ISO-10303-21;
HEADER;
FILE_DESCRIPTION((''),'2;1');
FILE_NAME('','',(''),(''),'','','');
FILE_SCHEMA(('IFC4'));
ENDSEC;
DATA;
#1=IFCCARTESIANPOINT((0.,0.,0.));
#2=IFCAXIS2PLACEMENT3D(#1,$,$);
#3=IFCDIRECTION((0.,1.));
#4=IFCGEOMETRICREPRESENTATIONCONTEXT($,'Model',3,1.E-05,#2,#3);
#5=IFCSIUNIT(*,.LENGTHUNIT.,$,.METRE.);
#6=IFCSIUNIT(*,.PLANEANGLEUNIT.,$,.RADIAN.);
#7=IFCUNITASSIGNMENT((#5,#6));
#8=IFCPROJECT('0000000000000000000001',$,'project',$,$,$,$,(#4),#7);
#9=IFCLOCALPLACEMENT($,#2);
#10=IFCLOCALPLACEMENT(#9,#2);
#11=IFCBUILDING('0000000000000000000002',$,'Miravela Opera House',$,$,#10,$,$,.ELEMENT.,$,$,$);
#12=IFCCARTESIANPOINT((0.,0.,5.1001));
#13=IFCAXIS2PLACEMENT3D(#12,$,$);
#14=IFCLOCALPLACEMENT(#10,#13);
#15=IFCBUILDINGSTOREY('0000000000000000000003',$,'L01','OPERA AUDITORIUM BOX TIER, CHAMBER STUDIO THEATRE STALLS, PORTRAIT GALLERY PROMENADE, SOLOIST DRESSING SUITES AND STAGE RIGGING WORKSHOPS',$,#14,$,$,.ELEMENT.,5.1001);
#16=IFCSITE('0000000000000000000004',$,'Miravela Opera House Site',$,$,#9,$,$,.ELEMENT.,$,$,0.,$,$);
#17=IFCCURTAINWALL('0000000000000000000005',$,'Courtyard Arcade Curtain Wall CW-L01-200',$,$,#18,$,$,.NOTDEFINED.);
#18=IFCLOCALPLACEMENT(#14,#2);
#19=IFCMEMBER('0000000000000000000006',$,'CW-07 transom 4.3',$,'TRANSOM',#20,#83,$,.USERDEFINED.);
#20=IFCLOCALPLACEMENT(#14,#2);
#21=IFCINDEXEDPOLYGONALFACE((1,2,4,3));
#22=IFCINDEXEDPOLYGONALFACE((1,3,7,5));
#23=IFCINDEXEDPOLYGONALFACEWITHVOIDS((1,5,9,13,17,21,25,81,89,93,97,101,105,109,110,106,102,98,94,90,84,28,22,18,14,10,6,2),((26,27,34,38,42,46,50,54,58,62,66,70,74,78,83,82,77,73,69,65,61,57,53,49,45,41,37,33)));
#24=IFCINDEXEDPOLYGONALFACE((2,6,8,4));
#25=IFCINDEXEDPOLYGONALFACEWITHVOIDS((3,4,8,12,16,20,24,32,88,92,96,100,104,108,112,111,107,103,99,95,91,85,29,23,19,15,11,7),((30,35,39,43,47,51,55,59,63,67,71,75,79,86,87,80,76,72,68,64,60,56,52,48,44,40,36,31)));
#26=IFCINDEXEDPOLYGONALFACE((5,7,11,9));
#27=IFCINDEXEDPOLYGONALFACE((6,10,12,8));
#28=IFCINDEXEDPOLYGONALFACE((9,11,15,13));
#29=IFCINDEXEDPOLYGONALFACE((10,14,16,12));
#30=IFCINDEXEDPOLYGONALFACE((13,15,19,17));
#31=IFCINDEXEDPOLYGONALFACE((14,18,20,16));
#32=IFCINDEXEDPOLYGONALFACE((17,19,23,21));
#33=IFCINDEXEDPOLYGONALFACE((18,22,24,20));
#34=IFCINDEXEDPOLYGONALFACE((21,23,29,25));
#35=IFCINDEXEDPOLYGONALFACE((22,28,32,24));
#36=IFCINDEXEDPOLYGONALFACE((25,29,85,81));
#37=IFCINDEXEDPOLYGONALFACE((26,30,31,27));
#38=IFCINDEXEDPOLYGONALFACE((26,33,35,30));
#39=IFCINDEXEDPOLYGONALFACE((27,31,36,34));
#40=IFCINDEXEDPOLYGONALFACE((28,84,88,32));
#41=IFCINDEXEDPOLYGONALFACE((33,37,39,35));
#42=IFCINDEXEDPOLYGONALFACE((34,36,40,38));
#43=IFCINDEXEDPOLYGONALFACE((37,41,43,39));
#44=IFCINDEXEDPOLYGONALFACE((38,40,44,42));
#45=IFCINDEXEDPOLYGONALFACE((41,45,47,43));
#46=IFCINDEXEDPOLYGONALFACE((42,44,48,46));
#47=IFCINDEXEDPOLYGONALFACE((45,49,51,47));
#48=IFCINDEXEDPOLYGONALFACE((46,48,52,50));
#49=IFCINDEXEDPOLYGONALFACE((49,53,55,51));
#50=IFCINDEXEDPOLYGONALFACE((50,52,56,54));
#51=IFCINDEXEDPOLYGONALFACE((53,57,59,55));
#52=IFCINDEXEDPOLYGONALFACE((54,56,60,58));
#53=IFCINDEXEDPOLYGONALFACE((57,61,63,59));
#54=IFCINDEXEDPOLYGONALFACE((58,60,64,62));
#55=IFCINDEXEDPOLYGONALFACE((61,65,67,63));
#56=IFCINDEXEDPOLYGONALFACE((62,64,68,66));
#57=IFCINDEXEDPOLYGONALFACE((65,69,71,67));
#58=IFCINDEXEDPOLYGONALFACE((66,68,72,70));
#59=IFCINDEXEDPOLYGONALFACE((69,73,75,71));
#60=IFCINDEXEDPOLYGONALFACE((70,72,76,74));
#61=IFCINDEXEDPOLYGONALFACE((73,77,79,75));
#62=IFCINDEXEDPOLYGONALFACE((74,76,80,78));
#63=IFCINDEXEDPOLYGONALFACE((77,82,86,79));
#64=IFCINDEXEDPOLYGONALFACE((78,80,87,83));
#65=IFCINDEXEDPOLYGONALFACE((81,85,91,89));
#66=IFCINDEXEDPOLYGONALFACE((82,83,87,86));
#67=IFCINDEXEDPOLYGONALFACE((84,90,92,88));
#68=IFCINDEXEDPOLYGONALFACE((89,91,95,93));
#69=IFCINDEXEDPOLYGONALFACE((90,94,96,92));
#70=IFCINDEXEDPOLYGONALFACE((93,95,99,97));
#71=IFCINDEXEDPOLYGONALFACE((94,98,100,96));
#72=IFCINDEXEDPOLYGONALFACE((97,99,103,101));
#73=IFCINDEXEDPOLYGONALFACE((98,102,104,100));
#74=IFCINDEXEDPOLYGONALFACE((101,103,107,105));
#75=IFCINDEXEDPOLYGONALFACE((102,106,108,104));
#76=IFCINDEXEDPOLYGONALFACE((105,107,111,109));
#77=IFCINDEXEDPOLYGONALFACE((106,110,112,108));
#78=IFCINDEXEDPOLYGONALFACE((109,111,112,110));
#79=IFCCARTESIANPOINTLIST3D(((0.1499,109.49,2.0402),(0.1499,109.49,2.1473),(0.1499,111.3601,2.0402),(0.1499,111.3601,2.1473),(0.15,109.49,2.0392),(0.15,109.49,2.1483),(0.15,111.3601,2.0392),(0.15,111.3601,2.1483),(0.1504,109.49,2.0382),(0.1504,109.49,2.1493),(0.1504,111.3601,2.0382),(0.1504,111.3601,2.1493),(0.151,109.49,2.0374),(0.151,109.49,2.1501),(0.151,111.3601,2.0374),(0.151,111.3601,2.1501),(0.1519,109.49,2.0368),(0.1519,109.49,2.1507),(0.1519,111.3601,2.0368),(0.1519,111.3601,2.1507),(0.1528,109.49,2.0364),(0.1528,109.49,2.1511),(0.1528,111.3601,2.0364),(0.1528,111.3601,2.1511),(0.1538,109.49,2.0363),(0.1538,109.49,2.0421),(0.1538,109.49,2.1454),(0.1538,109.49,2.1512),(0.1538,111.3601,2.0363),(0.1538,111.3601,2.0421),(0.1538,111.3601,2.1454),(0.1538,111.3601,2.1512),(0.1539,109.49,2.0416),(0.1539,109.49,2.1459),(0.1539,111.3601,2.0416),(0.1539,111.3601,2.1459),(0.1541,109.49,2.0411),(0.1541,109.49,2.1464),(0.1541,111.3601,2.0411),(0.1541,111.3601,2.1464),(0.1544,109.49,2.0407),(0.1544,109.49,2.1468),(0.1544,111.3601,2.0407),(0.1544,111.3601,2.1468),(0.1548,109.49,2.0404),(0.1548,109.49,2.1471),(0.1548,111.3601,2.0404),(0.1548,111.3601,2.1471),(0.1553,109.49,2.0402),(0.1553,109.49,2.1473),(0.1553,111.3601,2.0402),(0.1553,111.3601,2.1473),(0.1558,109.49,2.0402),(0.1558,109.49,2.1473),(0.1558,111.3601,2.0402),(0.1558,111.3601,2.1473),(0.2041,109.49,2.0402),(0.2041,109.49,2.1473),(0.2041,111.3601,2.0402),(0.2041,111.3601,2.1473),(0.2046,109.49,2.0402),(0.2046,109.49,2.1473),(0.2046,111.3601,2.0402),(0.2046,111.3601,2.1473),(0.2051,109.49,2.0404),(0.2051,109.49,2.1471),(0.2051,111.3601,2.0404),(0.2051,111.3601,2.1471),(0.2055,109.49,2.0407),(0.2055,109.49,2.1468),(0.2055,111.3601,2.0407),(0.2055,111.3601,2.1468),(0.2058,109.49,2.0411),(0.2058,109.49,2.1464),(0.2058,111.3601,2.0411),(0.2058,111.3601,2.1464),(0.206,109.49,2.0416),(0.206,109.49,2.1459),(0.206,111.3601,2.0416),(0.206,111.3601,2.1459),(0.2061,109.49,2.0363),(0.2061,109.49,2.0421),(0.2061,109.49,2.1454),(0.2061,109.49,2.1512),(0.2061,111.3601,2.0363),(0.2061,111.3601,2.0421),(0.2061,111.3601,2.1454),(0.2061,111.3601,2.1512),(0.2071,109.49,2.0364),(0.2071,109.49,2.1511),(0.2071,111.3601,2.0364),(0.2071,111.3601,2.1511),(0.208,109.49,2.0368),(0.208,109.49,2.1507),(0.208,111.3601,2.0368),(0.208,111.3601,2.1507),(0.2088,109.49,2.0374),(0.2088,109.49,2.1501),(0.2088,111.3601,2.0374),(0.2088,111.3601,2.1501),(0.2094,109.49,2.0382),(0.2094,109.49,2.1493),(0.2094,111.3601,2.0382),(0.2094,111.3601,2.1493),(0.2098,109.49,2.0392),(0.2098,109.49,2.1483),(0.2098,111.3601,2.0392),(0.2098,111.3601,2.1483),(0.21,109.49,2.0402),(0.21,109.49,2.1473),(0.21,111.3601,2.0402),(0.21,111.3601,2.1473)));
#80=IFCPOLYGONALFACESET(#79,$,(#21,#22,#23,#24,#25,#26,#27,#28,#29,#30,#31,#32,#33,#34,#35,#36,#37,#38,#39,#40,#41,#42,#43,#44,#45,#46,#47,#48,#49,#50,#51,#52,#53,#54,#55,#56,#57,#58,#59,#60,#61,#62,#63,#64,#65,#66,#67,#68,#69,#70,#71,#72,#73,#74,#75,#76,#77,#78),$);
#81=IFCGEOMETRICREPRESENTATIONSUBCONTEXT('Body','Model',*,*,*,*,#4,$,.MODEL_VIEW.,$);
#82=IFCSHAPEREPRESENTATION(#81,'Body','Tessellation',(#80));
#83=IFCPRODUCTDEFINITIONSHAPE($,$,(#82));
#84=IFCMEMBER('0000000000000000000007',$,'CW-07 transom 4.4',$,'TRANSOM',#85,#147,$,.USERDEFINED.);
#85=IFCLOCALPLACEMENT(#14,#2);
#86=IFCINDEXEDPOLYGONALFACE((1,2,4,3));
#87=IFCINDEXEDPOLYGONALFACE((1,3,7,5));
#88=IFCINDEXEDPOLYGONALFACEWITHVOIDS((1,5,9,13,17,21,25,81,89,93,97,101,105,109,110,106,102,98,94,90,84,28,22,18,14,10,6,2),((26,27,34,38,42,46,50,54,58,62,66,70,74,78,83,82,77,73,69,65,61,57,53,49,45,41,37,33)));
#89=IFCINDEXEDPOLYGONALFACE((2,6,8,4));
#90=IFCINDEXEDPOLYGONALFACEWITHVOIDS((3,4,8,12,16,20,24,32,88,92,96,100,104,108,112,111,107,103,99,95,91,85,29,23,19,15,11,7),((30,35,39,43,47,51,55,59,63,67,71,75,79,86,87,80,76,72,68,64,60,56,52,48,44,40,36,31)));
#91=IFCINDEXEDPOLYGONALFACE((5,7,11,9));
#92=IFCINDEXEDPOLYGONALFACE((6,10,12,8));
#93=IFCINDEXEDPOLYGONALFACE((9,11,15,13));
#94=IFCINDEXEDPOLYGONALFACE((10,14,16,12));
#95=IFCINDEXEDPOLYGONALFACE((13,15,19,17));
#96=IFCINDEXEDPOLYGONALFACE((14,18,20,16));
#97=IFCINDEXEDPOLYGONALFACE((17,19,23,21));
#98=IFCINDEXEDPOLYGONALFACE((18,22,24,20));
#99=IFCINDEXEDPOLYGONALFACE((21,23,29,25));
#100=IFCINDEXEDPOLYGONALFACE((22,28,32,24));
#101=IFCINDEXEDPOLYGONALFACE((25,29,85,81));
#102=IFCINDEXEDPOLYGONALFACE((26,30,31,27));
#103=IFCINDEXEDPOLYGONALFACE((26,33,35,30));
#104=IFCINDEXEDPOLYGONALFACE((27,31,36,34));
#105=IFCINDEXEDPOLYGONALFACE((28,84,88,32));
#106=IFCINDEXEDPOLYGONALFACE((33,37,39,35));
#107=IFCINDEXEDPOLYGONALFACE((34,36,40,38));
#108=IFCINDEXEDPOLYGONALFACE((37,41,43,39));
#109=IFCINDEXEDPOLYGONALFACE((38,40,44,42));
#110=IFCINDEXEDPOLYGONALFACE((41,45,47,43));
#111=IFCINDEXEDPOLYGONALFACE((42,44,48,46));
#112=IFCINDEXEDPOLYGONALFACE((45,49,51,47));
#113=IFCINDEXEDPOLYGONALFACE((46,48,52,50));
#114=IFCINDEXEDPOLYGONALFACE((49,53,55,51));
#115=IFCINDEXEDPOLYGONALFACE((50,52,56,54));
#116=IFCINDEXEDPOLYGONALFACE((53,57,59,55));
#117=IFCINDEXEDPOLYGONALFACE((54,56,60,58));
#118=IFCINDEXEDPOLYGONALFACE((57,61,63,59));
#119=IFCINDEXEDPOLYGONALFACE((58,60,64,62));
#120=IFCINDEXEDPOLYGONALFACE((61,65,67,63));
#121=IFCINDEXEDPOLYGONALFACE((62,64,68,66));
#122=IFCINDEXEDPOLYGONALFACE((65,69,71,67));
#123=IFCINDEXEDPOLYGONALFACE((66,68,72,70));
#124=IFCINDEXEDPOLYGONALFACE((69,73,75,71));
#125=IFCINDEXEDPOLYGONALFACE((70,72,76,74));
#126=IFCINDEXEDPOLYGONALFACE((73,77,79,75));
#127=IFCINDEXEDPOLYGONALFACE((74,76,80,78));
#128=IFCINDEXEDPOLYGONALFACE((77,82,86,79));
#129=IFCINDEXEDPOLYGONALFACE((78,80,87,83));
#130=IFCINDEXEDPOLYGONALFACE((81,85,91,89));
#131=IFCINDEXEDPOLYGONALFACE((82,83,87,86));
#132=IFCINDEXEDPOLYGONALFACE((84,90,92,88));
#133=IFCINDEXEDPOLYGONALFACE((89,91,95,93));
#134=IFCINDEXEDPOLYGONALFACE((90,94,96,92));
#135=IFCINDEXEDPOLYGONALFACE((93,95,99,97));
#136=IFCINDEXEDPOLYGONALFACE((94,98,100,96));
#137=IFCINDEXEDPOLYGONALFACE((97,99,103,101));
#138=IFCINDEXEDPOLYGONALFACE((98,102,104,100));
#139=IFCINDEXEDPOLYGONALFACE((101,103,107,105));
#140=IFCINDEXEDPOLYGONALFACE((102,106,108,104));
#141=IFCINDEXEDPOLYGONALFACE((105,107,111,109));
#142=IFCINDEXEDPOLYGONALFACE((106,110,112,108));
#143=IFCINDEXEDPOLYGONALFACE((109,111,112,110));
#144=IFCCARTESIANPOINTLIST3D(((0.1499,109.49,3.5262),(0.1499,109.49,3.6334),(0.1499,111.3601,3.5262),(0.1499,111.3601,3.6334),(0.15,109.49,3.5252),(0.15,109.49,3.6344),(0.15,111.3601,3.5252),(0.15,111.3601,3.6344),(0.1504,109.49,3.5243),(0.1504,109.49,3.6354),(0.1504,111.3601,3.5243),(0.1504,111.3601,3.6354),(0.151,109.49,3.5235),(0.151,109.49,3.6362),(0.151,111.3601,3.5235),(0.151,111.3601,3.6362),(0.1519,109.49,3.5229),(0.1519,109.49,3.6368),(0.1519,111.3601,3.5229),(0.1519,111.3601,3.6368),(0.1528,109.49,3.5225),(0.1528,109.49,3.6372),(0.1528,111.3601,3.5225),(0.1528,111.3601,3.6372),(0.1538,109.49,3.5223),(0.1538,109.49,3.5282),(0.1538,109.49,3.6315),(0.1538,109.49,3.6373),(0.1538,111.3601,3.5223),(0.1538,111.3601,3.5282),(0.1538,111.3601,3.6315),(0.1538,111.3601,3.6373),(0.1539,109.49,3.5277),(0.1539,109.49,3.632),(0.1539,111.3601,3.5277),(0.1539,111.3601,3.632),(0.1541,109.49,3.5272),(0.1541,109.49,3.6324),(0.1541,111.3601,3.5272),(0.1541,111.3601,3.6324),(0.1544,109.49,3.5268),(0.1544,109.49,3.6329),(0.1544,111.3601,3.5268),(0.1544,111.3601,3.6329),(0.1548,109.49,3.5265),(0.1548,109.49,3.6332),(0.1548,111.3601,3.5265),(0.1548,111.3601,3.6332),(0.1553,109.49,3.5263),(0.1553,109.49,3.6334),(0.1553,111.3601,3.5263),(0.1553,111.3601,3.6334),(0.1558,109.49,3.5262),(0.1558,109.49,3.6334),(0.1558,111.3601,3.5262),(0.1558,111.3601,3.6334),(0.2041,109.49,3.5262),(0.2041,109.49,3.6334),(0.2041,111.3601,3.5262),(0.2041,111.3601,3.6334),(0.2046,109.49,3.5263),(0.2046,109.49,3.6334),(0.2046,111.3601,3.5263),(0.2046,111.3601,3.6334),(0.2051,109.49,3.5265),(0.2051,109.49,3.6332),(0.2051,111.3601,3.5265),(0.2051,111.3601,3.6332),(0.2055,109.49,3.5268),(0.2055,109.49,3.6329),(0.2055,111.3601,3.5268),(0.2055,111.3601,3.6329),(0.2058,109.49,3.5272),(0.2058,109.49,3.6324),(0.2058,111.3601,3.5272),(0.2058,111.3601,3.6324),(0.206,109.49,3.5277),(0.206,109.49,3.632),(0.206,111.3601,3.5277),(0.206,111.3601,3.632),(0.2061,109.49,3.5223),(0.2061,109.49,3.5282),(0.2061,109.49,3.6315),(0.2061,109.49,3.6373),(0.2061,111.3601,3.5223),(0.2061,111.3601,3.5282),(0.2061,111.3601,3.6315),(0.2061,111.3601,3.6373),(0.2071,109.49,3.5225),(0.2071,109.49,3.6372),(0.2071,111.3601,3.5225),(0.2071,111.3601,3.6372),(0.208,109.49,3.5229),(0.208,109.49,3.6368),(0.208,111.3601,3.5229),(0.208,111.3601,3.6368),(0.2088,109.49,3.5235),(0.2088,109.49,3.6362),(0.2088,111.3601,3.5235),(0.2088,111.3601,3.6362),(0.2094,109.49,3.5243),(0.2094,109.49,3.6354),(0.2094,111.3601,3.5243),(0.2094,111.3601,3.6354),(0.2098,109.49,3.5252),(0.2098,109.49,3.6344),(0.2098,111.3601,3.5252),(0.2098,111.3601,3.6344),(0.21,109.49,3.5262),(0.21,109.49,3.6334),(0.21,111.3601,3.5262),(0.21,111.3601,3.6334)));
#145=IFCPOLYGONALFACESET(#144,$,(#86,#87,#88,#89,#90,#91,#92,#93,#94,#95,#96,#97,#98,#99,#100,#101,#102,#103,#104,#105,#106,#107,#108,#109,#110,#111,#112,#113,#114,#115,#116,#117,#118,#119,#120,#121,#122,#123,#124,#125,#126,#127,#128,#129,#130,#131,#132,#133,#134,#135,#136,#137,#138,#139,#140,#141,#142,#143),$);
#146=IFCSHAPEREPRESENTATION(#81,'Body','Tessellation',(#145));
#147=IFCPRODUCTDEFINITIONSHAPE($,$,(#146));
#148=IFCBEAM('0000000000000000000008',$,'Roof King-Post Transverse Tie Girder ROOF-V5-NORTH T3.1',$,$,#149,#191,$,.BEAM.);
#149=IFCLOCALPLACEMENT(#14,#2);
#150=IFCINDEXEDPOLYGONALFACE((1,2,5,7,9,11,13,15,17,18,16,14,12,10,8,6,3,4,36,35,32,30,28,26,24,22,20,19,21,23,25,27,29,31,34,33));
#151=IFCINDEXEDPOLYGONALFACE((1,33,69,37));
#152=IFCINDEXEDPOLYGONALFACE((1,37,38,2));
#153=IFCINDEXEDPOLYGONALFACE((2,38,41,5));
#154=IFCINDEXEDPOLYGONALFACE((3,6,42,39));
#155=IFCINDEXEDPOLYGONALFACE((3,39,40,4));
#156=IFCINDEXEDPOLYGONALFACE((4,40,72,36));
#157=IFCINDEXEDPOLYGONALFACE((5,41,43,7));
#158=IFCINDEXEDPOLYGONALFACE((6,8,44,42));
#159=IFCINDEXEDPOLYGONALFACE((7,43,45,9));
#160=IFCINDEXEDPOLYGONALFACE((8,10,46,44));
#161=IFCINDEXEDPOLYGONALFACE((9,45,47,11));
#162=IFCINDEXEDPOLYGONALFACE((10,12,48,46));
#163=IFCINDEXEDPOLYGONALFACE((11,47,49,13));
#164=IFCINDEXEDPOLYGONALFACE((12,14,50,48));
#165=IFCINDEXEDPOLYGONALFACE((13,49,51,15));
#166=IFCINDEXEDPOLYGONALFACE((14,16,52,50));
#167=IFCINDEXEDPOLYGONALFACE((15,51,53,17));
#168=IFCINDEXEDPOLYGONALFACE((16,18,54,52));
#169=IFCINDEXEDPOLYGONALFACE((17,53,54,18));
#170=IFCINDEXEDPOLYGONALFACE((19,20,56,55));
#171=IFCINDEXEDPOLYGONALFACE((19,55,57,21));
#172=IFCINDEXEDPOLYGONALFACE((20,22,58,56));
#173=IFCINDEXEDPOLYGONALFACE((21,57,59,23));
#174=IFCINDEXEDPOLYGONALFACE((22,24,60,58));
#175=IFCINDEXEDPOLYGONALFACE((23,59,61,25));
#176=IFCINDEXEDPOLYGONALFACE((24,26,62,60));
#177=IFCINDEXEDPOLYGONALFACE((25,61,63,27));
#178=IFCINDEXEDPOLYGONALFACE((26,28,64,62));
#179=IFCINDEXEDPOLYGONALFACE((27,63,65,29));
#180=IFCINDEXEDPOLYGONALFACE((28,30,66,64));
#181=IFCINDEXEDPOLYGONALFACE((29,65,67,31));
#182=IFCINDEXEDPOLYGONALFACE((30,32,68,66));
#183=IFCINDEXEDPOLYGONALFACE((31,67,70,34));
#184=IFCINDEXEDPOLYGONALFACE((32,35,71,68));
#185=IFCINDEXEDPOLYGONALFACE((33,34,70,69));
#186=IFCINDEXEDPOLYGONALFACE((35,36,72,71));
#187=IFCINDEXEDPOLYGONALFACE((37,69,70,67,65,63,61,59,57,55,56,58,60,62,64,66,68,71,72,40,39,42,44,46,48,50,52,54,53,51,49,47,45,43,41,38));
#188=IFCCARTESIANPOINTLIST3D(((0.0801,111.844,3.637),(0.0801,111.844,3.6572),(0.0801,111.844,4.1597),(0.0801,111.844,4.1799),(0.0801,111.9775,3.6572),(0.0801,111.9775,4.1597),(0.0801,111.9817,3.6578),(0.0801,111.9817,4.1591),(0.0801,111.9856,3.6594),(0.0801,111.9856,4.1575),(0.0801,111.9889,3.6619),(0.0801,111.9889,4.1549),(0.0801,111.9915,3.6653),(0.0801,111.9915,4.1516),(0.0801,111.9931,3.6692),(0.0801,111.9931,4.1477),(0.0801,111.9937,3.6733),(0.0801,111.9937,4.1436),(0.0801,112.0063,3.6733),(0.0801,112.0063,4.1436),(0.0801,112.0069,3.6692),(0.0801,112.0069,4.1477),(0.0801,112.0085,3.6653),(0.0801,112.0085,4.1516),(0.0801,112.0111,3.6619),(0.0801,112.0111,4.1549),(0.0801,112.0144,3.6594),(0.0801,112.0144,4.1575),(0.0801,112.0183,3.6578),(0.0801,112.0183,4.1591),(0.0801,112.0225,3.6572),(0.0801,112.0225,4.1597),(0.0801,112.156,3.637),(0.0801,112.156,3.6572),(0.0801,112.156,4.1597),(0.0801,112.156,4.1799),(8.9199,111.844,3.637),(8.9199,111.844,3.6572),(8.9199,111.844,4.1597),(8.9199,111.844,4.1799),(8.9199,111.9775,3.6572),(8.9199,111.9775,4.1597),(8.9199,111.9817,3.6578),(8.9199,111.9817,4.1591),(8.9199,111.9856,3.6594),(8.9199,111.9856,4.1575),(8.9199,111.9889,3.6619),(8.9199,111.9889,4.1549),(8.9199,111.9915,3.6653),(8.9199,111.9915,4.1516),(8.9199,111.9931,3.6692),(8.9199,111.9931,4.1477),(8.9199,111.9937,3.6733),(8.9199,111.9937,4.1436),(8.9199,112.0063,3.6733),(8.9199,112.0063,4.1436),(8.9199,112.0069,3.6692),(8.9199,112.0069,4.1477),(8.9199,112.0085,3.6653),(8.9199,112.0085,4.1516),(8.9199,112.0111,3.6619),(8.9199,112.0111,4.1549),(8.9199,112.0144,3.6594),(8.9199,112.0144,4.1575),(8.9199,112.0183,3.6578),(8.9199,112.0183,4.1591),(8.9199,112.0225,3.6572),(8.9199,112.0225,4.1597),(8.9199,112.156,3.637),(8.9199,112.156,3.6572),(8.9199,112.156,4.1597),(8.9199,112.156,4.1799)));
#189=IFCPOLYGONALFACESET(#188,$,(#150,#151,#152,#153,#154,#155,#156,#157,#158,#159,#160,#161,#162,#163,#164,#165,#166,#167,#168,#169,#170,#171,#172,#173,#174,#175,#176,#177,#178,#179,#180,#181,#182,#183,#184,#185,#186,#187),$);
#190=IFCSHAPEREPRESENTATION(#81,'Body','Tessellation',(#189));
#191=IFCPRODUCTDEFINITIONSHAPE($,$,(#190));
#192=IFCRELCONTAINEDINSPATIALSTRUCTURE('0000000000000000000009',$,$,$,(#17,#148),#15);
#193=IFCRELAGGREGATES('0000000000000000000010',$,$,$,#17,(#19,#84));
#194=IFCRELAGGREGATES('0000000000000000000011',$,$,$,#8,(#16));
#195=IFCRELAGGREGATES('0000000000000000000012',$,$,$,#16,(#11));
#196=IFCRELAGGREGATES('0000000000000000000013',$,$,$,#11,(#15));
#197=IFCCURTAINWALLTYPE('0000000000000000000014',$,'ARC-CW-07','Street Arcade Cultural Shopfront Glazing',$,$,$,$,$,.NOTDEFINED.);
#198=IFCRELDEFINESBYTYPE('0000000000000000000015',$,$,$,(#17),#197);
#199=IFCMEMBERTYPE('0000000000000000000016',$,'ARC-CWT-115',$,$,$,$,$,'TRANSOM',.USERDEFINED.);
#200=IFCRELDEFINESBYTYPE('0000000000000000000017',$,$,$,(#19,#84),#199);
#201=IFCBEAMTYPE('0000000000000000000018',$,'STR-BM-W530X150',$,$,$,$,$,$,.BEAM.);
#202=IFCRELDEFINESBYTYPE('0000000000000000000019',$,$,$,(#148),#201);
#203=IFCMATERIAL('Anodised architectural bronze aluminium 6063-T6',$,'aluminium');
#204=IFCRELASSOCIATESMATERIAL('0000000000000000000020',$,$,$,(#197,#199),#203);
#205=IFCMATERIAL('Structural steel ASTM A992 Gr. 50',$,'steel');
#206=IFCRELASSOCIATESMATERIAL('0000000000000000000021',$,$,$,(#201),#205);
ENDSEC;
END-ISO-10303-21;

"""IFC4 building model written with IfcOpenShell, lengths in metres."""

from ifc_helpers import new_model, si_unit, direction, frame, origin, origin_2d, place, context, subcontext, project, spatial, hollow_rectangle, i_section, extrude, material, material_profile, profile_set, type_object, element, aggregate, save


model = new_model("IFC4")

# Units and contexts
model_context = context("Model", 3, precision=1e-05, world=origin(), true_north=direction((0.0, 1.0)))
body_context = subcontext(model_context, "Body", "Model", "MODEL_VIEW")
ifc_project = project(units=[si_unit("LENGTHUNIT", "METRE"), si_unit("PLANEANGLEUNIT", "RADIAN")], contexts=[model_context])

# Site, building, storey
site_placement = place(None, origin())
site = spatial("IfcSite", under=ifc_project, at=site_placement, Name="Miravela Opera House Site", CompositionType="ELEMENT", RefElevation=0.0)
building_placement = place(site_placement, origin())
building = spatial("IfcBuilding", under=site, at=building_placement, Name="Miravela Opera House", CompositionType="ELEMENT")
storey_placement = place(building_placement, frame((0.0, 0.0, 5.1001)))
storey = spatial("IfcBuildingStorey", under=building, at=storey_placement, Name="L01", Description="OPERA AUDITORIUM BOX TIER, CHAMBER STUDIO THEATRE STALLS, PORTRAIT GALLERY PROMENADE, SOLOIST DRESSING SUITES AND STAGE RIGGING WORKSHOPS", CompositionType="ELEMENT", Elevation=5.1001)

# Curtain wall, members
ifc_material_1 = material(Name="Anodised architectural bronze aluminium 6063-T6", Category="aluminium")
curtain_wall_type = type_object("IfcCurtainWallType", Name="ARC-CW-07", Description="Street Arcade Cultural Shopfront Glazing", PredefinedType="NOTDEFINED", material=ifc_material_1)
curtain_wall_placement = place(storey_placement, origin())
curtain_wall = element("IfcCurtainWall", 1, at=curtain_wall_placement, inside=storey, type_object=curtain_wall_type, Name="Courtyard Arcade Curtain Wall CW-L01-200", PredefinedType="NOTDEFINED")
ifc_material_profile_1 = material_profile(ifc_material_1, hollow_rectangle(XDim=0.0601, YDim=0.115, WallThickness=0.0039, InnerFilletRadius=0.002, OuterFilletRadius=0.0039, at=origin_2d()), Name="CWT-60X115")
ifc_profile_set_1 = profile_set([ifc_material_profile_1])
member_type_1 = type_object("IfcMemberType", Name="ARC-CWT-115", ElementType="TRANSOM", PredefinedType="USERDEFINED", material=ifc_profile_set_1)
member_1_placement = place(storey_placement, frame((0.1799, 109.49, 2.0938), z_axis=(0.0, 1.0, 0.0), x_axis=(-1.0, 0.0, 0.0)))
member_1 = element("IfcMember", 2, at=member_1_placement, type_object=member_type_1, Name="CW-07 transom 4.3", ObjectType="TRANSOM", PredefinedType="USERDEFINED", context=body_context, shape_type="SweptSolid", body=[
    extrude(hollow_rectangle(XDim=0.0601, YDim=0.115, WallThickness=0.0039, InnerFilletRadius=0.002, OuterFilletRadius=0.0039, at=origin_2d()), origin(), (0.0, 0.0, 1.0), 1.8701),
])
member_2_placement = place(storey_placement, frame((0.1799, 109.49, 3.5798), z_axis=(0.0, 1.0, 0.0), x_axis=(-1.0, 0.0, 0.0)))
member_2 = element("IfcMember", 3, at=member_2_placement, type_object=member_type_1, Name="CW-07 transom 4.4", ObjectType="TRANSOM", PredefinedType="USERDEFINED", context=body_context, shape_type="SweptSolid", body=[
    extrude(hollow_rectangle(XDim=0.0601, YDim=0.115, WallThickness=0.0039, InnerFilletRadius=0.002, OuterFilletRadius=0.0039, at=origin_2d()), origin(), (0.0, 0.0, 1.0), 1.8701),
])

# Beam
ifc_material_2 = material(Name="Structural steel ASTM A992 Gr. 50", Category="steel")
ifc_material_profile_2 = material_profile(ifc_material_2, i_section(OverallWidth=0.312, OverallDepth=0.543, WebThickness=0.0127, FlangeThickness=0.0203, FilletRadius=0.0161, at=origin_2d()), Name="W530X150")
ifc_profile_set_2 = profile_set([ifc_material_profile_2])
beam_type = type_object("IfcBeamType", Name="STR-BM-W530X150", PredefinedType="BEAM", material=ifc_profile_set_2)
beam_placement = place(storey_placement, frame((0.0801, 112.0, 3.9084), z_axis=(1.0, 0.0, 0.0), x_axis=(0.0, 1.0, 0.0)))
element("IfcBeam", 4, at=beam_placement, inside=storey, type_object=beam_type, Name="Roof King-Post Transverse Tie Girder ROOF-V5-NORTH T3.1", PredefinedType="BEAM", context=body_context, shape_type="SweptSolid", body=[
    extrude(i_section(OverallWidth=0.312, OverallDepth=0.543, WebThickness=0.0127, FlangeThickness=0.0203, FilletRadius=0.0161, at=origin_2d()), origin(), (0.0, 0.0, 1.0), 8.8398),
])

aggregate(curtain_wall, [member_1, member_2])

save(model, "model.ifc")
